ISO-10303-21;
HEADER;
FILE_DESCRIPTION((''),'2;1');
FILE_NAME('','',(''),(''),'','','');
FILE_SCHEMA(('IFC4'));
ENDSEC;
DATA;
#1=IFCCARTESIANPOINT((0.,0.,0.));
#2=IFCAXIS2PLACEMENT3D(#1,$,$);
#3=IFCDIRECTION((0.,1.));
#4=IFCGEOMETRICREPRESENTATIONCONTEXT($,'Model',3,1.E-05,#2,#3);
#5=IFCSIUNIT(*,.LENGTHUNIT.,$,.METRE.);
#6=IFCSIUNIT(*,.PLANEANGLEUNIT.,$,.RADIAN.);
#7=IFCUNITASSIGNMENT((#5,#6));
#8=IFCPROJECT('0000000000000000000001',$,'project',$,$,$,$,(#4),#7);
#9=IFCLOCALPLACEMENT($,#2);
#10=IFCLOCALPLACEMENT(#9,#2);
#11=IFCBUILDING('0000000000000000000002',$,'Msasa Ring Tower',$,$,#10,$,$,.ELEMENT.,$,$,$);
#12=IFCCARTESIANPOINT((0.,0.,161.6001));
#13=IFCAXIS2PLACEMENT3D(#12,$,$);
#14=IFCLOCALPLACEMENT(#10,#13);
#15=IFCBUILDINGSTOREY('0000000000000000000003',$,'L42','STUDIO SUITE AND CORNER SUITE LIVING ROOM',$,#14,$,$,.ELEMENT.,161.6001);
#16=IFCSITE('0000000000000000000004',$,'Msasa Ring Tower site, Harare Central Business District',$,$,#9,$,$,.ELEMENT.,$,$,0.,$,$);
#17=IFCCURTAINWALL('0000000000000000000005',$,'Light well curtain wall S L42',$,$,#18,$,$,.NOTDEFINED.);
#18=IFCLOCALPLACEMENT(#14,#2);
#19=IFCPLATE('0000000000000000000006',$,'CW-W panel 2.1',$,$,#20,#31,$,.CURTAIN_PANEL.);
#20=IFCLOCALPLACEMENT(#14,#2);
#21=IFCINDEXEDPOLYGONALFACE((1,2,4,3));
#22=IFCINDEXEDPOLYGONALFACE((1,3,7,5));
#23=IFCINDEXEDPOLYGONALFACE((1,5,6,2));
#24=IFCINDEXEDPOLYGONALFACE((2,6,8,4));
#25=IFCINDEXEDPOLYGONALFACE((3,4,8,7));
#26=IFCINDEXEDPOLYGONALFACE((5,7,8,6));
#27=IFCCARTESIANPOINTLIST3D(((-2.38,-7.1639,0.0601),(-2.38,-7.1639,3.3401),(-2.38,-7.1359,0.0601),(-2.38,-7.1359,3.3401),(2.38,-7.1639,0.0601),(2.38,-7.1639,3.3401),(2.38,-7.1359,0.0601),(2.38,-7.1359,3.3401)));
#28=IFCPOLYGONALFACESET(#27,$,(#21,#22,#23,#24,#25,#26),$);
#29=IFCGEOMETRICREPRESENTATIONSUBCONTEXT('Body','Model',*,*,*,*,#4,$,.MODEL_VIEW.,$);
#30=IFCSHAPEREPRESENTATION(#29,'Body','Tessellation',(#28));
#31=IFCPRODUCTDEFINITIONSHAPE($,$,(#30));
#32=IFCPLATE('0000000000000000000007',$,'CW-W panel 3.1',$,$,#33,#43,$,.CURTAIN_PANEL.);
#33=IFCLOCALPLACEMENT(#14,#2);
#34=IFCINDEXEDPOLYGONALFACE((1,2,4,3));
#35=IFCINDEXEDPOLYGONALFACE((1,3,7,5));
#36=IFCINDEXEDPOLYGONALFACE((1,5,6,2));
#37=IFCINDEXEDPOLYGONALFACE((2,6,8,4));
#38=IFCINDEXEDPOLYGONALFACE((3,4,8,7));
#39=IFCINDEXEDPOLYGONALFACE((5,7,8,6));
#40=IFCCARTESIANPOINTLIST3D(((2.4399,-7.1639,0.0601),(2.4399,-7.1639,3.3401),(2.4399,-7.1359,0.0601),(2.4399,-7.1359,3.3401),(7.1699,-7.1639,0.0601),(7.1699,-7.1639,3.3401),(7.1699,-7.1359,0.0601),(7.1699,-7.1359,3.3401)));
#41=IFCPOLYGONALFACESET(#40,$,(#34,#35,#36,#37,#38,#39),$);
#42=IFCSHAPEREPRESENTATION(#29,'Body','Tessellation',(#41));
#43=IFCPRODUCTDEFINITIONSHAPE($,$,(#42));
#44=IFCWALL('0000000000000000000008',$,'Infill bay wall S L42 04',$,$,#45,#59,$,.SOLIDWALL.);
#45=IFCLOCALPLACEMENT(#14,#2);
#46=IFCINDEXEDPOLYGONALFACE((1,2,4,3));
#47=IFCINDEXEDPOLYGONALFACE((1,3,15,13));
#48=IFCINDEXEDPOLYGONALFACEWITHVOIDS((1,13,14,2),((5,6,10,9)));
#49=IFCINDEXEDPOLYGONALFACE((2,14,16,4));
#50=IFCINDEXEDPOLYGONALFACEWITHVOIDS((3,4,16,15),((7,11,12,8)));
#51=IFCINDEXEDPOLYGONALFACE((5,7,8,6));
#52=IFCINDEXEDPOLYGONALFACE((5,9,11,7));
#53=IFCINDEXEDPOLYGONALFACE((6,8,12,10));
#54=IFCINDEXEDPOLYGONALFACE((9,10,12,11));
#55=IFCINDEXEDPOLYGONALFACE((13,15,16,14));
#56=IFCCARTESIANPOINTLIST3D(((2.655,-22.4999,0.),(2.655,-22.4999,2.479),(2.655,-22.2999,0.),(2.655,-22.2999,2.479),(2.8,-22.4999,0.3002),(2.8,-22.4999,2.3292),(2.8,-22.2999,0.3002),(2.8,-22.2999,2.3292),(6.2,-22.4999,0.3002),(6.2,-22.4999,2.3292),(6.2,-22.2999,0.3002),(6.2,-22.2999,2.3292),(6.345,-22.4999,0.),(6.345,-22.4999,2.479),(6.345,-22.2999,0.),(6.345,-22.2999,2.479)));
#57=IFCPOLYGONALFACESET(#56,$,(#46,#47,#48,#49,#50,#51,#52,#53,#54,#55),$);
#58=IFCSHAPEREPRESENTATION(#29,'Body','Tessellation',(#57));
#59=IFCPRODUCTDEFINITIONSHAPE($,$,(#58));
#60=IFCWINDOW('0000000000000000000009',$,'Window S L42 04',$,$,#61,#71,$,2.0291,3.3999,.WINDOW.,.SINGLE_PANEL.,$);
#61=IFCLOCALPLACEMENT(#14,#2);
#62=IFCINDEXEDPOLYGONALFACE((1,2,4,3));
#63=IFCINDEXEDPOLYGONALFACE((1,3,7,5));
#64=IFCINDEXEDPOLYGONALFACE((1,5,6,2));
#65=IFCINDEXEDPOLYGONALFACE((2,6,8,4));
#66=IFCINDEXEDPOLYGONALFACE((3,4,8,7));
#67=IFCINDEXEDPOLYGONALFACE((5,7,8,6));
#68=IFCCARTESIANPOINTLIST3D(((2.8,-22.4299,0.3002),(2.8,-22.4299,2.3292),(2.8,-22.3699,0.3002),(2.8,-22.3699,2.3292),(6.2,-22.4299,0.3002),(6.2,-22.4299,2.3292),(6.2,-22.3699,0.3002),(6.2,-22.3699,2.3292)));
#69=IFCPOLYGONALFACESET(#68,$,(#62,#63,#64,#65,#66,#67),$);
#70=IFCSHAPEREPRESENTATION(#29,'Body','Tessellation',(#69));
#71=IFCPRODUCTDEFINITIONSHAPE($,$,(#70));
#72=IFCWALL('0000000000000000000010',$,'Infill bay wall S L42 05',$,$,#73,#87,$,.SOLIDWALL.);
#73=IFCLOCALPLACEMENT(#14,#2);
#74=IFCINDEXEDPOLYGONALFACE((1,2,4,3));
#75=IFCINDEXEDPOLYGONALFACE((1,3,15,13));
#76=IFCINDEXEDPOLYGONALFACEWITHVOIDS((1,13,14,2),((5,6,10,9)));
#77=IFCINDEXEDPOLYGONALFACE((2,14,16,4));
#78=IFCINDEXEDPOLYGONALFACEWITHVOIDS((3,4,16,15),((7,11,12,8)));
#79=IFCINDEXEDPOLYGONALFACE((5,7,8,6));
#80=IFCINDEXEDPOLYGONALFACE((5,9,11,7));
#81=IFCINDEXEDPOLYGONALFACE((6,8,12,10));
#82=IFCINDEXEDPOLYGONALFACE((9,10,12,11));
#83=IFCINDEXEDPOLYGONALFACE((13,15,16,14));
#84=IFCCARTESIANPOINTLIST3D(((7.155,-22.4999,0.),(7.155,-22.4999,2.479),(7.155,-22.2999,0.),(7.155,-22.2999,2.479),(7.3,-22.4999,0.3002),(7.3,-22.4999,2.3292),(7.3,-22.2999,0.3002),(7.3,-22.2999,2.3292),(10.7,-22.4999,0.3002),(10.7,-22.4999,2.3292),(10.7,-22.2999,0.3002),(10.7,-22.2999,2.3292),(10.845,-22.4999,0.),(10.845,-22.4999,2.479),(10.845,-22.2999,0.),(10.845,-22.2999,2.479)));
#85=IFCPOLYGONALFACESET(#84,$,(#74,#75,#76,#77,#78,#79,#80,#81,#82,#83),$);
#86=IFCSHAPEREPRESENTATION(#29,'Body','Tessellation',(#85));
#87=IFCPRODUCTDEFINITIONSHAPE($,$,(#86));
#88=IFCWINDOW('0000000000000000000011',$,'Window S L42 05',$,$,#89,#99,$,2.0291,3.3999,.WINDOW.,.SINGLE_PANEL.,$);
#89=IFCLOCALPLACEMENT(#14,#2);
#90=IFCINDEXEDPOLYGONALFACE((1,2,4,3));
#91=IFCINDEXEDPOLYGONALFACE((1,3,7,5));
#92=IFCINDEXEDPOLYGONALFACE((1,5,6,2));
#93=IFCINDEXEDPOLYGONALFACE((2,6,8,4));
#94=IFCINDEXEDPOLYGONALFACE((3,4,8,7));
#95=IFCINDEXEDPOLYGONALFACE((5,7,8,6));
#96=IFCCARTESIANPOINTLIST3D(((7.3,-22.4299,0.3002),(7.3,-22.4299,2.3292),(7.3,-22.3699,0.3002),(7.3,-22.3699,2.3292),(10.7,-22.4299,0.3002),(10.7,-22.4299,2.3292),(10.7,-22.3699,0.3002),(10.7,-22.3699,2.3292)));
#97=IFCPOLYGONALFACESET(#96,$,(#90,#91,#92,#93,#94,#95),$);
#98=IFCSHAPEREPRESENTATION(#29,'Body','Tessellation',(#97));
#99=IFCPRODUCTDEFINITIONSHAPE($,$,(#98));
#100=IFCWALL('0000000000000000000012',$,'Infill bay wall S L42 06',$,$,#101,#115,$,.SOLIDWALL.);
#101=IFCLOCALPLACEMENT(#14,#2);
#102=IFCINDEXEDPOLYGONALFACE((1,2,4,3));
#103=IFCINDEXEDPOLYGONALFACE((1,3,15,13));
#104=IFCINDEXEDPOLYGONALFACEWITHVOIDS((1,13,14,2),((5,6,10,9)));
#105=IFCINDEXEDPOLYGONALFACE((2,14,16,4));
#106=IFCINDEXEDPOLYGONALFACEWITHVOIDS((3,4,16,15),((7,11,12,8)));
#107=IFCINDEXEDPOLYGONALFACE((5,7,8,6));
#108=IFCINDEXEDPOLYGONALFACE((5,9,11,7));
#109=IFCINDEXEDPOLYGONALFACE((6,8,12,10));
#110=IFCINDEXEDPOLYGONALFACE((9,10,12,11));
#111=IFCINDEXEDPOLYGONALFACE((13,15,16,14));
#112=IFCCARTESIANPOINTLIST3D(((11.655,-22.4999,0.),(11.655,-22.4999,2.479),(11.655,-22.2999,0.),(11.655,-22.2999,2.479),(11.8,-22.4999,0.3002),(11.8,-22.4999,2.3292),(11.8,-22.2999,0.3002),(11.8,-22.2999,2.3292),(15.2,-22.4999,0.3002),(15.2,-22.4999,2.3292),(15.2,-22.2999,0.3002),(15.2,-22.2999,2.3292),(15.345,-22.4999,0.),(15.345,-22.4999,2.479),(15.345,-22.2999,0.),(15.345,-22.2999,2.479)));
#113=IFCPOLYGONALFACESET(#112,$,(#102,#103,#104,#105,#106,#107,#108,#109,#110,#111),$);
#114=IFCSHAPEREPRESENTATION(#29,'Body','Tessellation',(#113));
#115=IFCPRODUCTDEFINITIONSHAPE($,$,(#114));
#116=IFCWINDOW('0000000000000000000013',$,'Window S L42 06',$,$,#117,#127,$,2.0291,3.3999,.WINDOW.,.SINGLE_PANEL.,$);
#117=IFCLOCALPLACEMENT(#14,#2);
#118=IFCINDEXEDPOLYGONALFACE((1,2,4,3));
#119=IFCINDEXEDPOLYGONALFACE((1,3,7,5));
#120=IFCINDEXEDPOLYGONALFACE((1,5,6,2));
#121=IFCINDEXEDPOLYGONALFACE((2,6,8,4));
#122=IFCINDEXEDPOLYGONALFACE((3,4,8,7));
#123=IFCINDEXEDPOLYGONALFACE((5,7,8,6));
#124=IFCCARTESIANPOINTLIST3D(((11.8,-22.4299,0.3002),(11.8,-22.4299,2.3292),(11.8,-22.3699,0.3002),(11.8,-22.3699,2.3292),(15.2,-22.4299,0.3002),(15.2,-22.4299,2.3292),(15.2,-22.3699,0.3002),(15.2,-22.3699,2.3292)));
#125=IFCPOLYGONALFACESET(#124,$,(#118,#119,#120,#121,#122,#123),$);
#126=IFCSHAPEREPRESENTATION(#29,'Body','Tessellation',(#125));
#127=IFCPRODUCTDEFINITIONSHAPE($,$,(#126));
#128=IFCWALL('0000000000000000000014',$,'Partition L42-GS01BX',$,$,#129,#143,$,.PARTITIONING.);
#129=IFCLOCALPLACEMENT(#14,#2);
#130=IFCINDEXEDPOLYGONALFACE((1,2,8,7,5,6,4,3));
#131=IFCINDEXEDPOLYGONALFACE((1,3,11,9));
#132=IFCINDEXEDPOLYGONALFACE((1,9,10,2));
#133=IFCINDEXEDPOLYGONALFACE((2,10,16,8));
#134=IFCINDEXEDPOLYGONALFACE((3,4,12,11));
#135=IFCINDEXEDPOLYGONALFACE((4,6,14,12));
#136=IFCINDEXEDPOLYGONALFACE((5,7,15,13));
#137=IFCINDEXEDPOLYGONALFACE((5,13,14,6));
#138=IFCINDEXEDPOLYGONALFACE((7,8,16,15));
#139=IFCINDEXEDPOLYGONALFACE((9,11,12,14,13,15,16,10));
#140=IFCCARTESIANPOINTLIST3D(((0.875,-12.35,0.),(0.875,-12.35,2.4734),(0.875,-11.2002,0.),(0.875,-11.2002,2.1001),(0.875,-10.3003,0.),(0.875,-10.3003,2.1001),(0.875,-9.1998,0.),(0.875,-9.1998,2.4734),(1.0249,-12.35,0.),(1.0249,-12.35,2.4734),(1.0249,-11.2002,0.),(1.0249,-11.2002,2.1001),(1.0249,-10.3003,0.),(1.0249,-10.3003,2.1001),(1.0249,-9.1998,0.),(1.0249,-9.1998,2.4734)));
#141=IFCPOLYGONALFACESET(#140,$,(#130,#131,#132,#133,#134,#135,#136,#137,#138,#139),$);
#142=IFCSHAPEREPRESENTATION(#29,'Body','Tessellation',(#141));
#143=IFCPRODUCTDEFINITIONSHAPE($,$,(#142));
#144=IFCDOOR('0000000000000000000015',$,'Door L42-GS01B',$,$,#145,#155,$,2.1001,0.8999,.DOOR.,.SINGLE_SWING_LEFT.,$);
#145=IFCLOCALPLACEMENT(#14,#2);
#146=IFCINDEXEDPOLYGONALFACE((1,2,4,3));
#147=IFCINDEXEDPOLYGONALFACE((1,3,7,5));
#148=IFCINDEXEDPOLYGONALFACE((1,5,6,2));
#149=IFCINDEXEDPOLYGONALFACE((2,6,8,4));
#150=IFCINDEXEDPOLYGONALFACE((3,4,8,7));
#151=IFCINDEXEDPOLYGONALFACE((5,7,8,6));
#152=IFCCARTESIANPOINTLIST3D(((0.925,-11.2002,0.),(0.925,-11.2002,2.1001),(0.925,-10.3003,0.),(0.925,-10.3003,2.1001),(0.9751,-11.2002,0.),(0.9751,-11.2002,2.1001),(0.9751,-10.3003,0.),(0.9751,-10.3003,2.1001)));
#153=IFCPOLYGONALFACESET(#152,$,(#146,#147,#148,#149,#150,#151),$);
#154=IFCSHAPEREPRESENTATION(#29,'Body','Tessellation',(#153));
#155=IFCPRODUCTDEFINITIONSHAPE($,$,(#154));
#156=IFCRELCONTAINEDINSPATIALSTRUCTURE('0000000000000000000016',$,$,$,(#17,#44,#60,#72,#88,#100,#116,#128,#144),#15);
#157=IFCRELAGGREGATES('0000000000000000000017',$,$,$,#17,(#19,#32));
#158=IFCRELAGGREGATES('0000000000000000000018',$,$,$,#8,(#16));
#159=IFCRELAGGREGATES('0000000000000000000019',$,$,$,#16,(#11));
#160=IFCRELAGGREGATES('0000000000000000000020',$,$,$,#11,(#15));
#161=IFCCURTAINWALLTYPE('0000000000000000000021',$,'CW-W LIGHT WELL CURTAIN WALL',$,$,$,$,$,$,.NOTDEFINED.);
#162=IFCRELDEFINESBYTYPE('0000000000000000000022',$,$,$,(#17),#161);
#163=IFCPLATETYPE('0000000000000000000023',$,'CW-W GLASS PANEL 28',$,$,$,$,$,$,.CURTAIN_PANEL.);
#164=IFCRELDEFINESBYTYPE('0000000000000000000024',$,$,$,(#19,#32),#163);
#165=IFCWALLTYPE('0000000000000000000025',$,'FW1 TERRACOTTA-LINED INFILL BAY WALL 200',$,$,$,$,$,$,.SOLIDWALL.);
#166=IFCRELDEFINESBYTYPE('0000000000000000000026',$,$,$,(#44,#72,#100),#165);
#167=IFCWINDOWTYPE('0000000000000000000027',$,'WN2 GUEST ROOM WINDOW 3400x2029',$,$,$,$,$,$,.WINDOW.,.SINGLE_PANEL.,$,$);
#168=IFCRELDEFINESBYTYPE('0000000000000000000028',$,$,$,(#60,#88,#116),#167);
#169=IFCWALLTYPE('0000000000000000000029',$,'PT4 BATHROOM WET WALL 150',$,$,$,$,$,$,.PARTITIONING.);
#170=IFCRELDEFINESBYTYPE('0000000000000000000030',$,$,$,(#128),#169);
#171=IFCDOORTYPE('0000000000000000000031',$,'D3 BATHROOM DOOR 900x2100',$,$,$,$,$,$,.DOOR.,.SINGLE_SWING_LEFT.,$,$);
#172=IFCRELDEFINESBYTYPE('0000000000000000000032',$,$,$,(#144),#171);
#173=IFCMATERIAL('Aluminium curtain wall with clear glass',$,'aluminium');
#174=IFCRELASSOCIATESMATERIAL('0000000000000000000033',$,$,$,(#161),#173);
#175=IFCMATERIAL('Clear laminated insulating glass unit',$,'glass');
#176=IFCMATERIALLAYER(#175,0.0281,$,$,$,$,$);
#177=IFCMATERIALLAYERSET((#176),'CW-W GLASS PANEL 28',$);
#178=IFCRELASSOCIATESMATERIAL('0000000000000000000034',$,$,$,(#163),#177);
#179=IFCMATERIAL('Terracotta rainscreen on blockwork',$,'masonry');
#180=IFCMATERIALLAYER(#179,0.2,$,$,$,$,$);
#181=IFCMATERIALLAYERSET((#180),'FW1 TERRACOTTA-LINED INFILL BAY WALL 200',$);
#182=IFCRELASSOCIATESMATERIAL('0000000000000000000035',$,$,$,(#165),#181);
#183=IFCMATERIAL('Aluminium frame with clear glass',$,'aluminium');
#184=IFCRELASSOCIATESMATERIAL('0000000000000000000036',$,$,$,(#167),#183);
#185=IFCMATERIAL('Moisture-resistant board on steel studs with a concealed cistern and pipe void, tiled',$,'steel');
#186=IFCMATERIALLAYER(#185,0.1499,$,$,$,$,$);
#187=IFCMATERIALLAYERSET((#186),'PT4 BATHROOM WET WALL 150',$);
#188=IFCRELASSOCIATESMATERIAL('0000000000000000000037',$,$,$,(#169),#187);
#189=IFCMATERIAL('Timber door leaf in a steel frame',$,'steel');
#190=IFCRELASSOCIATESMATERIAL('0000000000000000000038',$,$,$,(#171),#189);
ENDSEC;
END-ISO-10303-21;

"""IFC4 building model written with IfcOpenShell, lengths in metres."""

from ifc_helpers import new_model, si_unit, direction, frame, frame_2d, origin, origin_2d, place, context, subcontext, project, spatial, rectangle, extrude, material, layer, layer_set, type_object, element, fill, aggregate, save


model = new_model("IFC4")

# Units and contexts
model_context = context("Model", 3, precision=1e-05, world=origin(), true_north=direction((0.0, 1.0)))
body_context = subcontext(model_context, "Body", "Model", "MODEL_VIEW")
ifc_project = project(units=[si_unit("LENGTHUNIT", "METRE"), si_unit("PLANEANGLEUNIT", "RADIAN")], contexts=[model_context])

# Site, building, storey
site_placement = place(None, origin())
site = spatial("IfcSite", under=ifc_project, at=site_placement, Name="Msasa Ring Tower site, Harare Central Business District", CompositionType="ELEMENT", RefElevation=0.0)
building_placement = place(site_placement, origin())
building = spatial("IfcBuilding", under=site, at=building_placement, Name="Msasa Ring Tower", CompositionType="ELEMENT")
storey_placement = place(building_placement, frame((0.0, 0.0, 161.6001)))
storey = spatial("IfcBuildingStorey", under=building, at=storey_placement, Name="L42", Description="STUDIO SUITE AND CORNER SUITE LIVING ROOM", CompositionType="ELEMENT", Elevation=161.6001)

# Curtain wall
ifc_material_1 = material(Name="Aluminium curtain wall with clear glass", Category="aluminium")
curtain_wall_type = type_object("IfcCurtainWallType", Name="CW-W LIGHT WELL CURTAIN WALL", PredefinedType="NOTDEFINED", material=ifc_material_1)
curtain_wall_placement = place(storey_placement, origin())
curtain_wall = element("IfcCurtainWall", 1, at=curtain_wall_placement, inside=storey, type_object=curtain_wall_type, Name="Light well curtain wall S L42", PredefinedType="NOTDEFINED")

# Plates
ifc_material_2 = material(Name="Clear laminated insulating glass unit", Category="glass")
ifc_layer_1 = layer(ifc_material_2, 0.0281)
ifc_layer_set_1 = layer_set([ifc_layer_1], Name="CW-W GLASS PANEL 28")
plate_type = type_object("IfcPlateType", Name="CW-W GLASS PANEL 28", PredefinedType="CURTAIN_PANEL", material=ifc_layer_set_1)
plate_1_placement = place(storey_placement, frame((0.0, -7.1499, 0.0601), z_axis=(0.0, 0.0, 1.0), x_axis=(1.0, 0.0, 0.0)))
plate_1 = element("IfcPlate", 2, at=plate_1_placement, type_object=plate_type, Name="CW-W panel 2.1", PredefinedType="CURTAIN_PANEL", context=body_context, shape_type="SweptSolid", body=[
    extrude(rectangle(XDim=4.76, YDim=0.0281, at=origin_2d()), origin(), (0.0, 0.0, 1.0), 3.28),
])
plate_2_placement = place(storey_placement, frame((4.8049, -7.1499, 0.0601), z_axis=(0.0, 0.0, 1.0), x_axis=(1.0, 0.0, 0.0)))
plate_2 = element("IfcPlate", 3, at=plate_2_placement, type_object=plate_type, Name="CW-W panel 3.1", PredefinedType="CURTAIN_PANEL", context=body_context, shape_type="SweptSolid", body=[
    extrude(rectangle(XDim=4.73, YDim=0.0281, at=origin_2d()), origin(), (0.0, 0.0, 1.0), 3.28),
])
aggregate(curtain_wall, [plate_1, plate_2])

# Walls, openings, windows
ifc_material_3 = material(Name="Terracotta rainscreen on blockwork", Category="masonry")
ifc_layer_2 = layer(ifc_material_3, 0.2)
ifc_layer_set_2 = layer_set([ifc_layer_2], Name="FW1 TERRACOTTA-LINED INFILL BAY WALL 200")
wall_type_1 = type_object("IfcWallType", Name="FW1 TERRACOTTA-LINED INFILL BAY WALL 200", PredefinedType="SOLIDWALL", material=ifc_layer_set_2)
wall_1_placement = place(storey_placement, frame((2.655, -22.3999, 0.0), z_axis=(0.0, 0.0, 1.0), x_axis=(1.0, 0.0, 0.0)))
wall_1 = element("IfcWall", 4, at=wall_1_placement, inside=storey, type_object=wall_type_1, Name="Infill bay wall S L42 04", PredefinedType="SOLIDWALL", context=body_context, shape_type="SweptSolid", body=[
    extrude(rectangle(XDim=3.6899, YDim=0.2, at=frame_2d((1.845, 0.0))), origin(), (0.0, 0.0, 1.0), 2.479),
])
opening_1_placement = place(wall_1_placement, frame((0.145, 0.0, 0.3)))
opening_1 = element("IfcOpeningElement", 5, at=opening_1_placement, cuts=wall_1, PredefinedType="OPENING", context=body_context, shape_type="SweptSolid", body=[
    extrude(rectangle(XDim=3.3999, YDim=2.0291, at=frame_2d((1.7, 1.0146))), frame((0.0, 0.1099, 0.0), z_axis=(0.0, -1.0, 0.0), x_axis=(1.0, 0.0, 0.0)), (0.0, 0.0, 1.0), 0.22),
])
ifc_material_4 = material(Name="Aluminium frame with clear glass", Category="aluminium")
window_type = type_object("IfcWindowType", Name="WN2 GUEST ROOM WINDOW 3400x2029", PartitioningType="SINGLE_PANEL", PredefinedType="WINDOW", material=ifc_material_4)
window_1_placement = place(opening_1_placement, origin())
window_1 = element("IfcWindow", 6, at=window_1_placement, inside=storey, type_object=window_type, Name="Window S L42 04", OverallHeight=2.0291, OverallWidth=3.3999, PartitioningType="SINGLE_PANEL", PredefinedType="WINDOW", context=body_context, shape_type="SweptSolid", body=[
    extrude(rectangle(XDim=3.3999, YDim=2.0291, at=frame_2d((1.7, 1.0146))), frame((0.0, 0.03, 0.0), z_axis=(0.0, -1.0, 0.0), x_axis=(1.0, 0.0, 0.0)), (0.0, 0.0, 1.0), 0.0601),
])
fill(opening_1, window_1)
wall_2_placement = place(storey_placement, frame((7.155, -22.3999, 0.0), z_axis=(0.0, 0.0, 1.0), x_axis=(1.0, 0.0, 0.0)))
wall_2 = element("IfcWall", 7, at=wall_2_placement, inside=storey, type_object=wall_type_1, Name="Infill bay wall S L42 05", PredefinedType="SOLIDWALL", context=body_context, shape_type="SweptSolid", body=[
    extrude(rectangle(XDim=3.6899, YDim=0.2, at=frame_2d((1.845, 0.0))), origin(), (0.0, 0.0, 1.0), 2.479),
])
opening_2_placement = place(wall_2_placement, frame((0.145, 0.0, 0.3)))
opening_2 = element("IfcOpeningElement", 8, at=opening_2_placement, cuts=wall_2, PredefinedType="OPENING", context=body_context, shape_type="SweptSolid", body=[
    extrude(rectangle(XDim=3.3999, YDim=2.0291, at=frame_2d((1.7, 1.0146))), frame((0.0, 0.1099, 0.0), z_axis=(0.0, -1.0, 0.0), x_axis=(1.0, 0.0, 0.0)), (0.0, 0.0, 1.0), 0.22),
])
window_2_placement = place(opening_2_placement, origin())
window_2 = element("IfcWindow", 9, at=window_2_placement, inside=storey, type_object=window_type, Name="Window S L42 05", OverallHeight=2.0291, OverallWidth=3.3999, PartitioningType="SINGLE_PANEL", PredefinedType="WINDOW", context=body_context, shape_type="SweptSolid", body=[
    extrude(rectangle(XDim=3.3999, YDim=2.0291, at=frame_2d((1.7, 1.0146))), frame((0.0, 0.03, 0.0), z_axis=(0.0, -1.0, 0.0), x_axis=(1.0, 0.0, 0.0)), (0.0, 0.0, 1.0), 0.0601),
])
fill(opening_2, window_2)
wall_3_placement = place(storey_placement, frame((11.655, -22.3999, 0.0), z_axis=(0.0, 0.0, 1.0), x_axis=(1.0, 0.0, 0.0)))
wall_3 = element("IfcWall", 10, at=wall_3_placement, inside=storey, type_object=wall_type_1, Name="Infill bay wall S L42 06", PredefinedType="SOLIDWALL", context=body_context, shape_type="SweptSolid", body=[
    extrude(rectangle(XDim=3.6899, YDim=0.2, at=frame_2d((1.845, 0.0))), origin(), (0.0, 0.0, 1.0), 2.479),
])
opening_3_placement = place(wall_3_placement, frame((0.145, 0.0, 0.3)))
opening_3 = element("IfcOpeningElement", 11, at=opening_3_placement, cuts=wall_3, PredefinedType="OPENING", context=body_context, shape_type="SweptSolid", body=[
    extrude(rectangle(XDim=3.3999, YDim=2.0291, at=frame_2d((1.7, 1.0146))), frame((0.0, 0.1099, 0.0), z_axis=(0.0, -1.0, 0.0), x_axis=(1.0, 0.0, 0.0)), (0.0, 0.0, 1.0), 0.22),
])
window_3_placement = place(opening_3_placement, origin())
window_3 = element("IfcWindow", 12, at=window_3_placement, inside=storey, type_object=window_type, Name="Window S L42 06", OverallHeight=2.0291, OverallWidth=3.3999, PartitioningType="SINGLE_PANEL", PredefinedType="WINDOW", context=body_context, shape_type="SweptSolid", body=[
    extrude(rectangle(XDim=3.3999, YDim=2.0291, at=frame_2d((1.7, 1.0146))), frame((0.0, 0.03, 0.0), z_axis=(0.0, -1.0, 0.0), x_axis=(1.0, 0.0, 0.0)), (0.0, 0.0, 1.0), 0.0601),
])
fill(opening_3, window_3)

# Wall, opening, door
ifc_material_5 = material(Name="Moisture-resistant board on steel studs with a concealed cistern and pipe void, tiled", Category="steel")
ifc_layer_3 = layer(ifc_material_5, 0.1499)
ifc_layer_set_3 = layer_set([ifc_layer_3], Name="PT4 BATHROOM WET WALL 150")
wall_type_2 = type_object("IfcWallType", Name="PT4 BATHROOM WET WALL 150", PredefinedType="PARTITIONING", material=ifc_layer_set_3)
wall_4_placement = place(storey_placement, frame((0.95, -12.3501, 0.0), z_axis=(0.0, 0.0, 1.0), x_axis=(0.0, 1.0, 0.0)))
wall_4 = element("IfcWall", 13, at=wall_4_placement, inside=storey, type_object=wall_type_2, Name="Partition L42-GS01BX", PredefinedType="PARTITIONING", context=body_context, shape_type="SweptSolid", body=[
    extrude(rectangle(XDim=3.1501, YDim=0.1499, at=frame_2d((1.5752, 0.0))), origin(), (0.0, 0.0, 1.0), 2.4734),
])
opening_4_placement = place(wall_4_placement, frame((1.1499, 0.0, 0.0)))
opening_4 = element("IfcOpeningElement", 14, at=opening_4_placement, cuts=wall_4, PredefinedType="OPENING", context=body_context, shape_type="SweptSolid", body=[
    extrude(rectangle(XDim=0.8999, YDim=2.1001, at=frame_2d((0.45, 1.05))), frame((0.0, 0.085, 0.0), z_axis=(0.0, -1.0, 0.0), x_axis=(1.0, 0.0, 0.0)), (0.0, 0.0, 1.0), 0.1699),
])
ifc_material_6 = material(Name="Timber door leaf in a steel frame", Category="steel")
door_type = type_object("IfcDoorType", Name="D3 BATHROOM DOOR 900x2100", OperationType="SINGLE_SWING_LEFT", PredefinedType="DOOR", material=ifc_material_6)
door_1_placement = place(opening_4_placement, origin())
door_1 = element("IfcDoor", 15, at=door_1_placement, inside=storey, type_object=door_type, Name="Door L42-GS01B", OperationType="SINGLE_SWING_LEFT", OverallHeight=2.1001, OverallWidth=0.8999, PredefinedType="DOOR", context=body_context, shape_type="SweptSolid", body=[
    extrude(rectangle(XDim=0.8999, YDim=2.1001, at=frame_2d((0.45, 1.05))), frame((0.0, 0.0249, 0.0), z_axis=(0.0, -1.0, 0.0), x_axis=(1.0, 0.0, 0.0)), (0.0, 0.0, 1.0), 0.05),
])
fill(opening_4, door_1)

save(model, "model.ifc")
